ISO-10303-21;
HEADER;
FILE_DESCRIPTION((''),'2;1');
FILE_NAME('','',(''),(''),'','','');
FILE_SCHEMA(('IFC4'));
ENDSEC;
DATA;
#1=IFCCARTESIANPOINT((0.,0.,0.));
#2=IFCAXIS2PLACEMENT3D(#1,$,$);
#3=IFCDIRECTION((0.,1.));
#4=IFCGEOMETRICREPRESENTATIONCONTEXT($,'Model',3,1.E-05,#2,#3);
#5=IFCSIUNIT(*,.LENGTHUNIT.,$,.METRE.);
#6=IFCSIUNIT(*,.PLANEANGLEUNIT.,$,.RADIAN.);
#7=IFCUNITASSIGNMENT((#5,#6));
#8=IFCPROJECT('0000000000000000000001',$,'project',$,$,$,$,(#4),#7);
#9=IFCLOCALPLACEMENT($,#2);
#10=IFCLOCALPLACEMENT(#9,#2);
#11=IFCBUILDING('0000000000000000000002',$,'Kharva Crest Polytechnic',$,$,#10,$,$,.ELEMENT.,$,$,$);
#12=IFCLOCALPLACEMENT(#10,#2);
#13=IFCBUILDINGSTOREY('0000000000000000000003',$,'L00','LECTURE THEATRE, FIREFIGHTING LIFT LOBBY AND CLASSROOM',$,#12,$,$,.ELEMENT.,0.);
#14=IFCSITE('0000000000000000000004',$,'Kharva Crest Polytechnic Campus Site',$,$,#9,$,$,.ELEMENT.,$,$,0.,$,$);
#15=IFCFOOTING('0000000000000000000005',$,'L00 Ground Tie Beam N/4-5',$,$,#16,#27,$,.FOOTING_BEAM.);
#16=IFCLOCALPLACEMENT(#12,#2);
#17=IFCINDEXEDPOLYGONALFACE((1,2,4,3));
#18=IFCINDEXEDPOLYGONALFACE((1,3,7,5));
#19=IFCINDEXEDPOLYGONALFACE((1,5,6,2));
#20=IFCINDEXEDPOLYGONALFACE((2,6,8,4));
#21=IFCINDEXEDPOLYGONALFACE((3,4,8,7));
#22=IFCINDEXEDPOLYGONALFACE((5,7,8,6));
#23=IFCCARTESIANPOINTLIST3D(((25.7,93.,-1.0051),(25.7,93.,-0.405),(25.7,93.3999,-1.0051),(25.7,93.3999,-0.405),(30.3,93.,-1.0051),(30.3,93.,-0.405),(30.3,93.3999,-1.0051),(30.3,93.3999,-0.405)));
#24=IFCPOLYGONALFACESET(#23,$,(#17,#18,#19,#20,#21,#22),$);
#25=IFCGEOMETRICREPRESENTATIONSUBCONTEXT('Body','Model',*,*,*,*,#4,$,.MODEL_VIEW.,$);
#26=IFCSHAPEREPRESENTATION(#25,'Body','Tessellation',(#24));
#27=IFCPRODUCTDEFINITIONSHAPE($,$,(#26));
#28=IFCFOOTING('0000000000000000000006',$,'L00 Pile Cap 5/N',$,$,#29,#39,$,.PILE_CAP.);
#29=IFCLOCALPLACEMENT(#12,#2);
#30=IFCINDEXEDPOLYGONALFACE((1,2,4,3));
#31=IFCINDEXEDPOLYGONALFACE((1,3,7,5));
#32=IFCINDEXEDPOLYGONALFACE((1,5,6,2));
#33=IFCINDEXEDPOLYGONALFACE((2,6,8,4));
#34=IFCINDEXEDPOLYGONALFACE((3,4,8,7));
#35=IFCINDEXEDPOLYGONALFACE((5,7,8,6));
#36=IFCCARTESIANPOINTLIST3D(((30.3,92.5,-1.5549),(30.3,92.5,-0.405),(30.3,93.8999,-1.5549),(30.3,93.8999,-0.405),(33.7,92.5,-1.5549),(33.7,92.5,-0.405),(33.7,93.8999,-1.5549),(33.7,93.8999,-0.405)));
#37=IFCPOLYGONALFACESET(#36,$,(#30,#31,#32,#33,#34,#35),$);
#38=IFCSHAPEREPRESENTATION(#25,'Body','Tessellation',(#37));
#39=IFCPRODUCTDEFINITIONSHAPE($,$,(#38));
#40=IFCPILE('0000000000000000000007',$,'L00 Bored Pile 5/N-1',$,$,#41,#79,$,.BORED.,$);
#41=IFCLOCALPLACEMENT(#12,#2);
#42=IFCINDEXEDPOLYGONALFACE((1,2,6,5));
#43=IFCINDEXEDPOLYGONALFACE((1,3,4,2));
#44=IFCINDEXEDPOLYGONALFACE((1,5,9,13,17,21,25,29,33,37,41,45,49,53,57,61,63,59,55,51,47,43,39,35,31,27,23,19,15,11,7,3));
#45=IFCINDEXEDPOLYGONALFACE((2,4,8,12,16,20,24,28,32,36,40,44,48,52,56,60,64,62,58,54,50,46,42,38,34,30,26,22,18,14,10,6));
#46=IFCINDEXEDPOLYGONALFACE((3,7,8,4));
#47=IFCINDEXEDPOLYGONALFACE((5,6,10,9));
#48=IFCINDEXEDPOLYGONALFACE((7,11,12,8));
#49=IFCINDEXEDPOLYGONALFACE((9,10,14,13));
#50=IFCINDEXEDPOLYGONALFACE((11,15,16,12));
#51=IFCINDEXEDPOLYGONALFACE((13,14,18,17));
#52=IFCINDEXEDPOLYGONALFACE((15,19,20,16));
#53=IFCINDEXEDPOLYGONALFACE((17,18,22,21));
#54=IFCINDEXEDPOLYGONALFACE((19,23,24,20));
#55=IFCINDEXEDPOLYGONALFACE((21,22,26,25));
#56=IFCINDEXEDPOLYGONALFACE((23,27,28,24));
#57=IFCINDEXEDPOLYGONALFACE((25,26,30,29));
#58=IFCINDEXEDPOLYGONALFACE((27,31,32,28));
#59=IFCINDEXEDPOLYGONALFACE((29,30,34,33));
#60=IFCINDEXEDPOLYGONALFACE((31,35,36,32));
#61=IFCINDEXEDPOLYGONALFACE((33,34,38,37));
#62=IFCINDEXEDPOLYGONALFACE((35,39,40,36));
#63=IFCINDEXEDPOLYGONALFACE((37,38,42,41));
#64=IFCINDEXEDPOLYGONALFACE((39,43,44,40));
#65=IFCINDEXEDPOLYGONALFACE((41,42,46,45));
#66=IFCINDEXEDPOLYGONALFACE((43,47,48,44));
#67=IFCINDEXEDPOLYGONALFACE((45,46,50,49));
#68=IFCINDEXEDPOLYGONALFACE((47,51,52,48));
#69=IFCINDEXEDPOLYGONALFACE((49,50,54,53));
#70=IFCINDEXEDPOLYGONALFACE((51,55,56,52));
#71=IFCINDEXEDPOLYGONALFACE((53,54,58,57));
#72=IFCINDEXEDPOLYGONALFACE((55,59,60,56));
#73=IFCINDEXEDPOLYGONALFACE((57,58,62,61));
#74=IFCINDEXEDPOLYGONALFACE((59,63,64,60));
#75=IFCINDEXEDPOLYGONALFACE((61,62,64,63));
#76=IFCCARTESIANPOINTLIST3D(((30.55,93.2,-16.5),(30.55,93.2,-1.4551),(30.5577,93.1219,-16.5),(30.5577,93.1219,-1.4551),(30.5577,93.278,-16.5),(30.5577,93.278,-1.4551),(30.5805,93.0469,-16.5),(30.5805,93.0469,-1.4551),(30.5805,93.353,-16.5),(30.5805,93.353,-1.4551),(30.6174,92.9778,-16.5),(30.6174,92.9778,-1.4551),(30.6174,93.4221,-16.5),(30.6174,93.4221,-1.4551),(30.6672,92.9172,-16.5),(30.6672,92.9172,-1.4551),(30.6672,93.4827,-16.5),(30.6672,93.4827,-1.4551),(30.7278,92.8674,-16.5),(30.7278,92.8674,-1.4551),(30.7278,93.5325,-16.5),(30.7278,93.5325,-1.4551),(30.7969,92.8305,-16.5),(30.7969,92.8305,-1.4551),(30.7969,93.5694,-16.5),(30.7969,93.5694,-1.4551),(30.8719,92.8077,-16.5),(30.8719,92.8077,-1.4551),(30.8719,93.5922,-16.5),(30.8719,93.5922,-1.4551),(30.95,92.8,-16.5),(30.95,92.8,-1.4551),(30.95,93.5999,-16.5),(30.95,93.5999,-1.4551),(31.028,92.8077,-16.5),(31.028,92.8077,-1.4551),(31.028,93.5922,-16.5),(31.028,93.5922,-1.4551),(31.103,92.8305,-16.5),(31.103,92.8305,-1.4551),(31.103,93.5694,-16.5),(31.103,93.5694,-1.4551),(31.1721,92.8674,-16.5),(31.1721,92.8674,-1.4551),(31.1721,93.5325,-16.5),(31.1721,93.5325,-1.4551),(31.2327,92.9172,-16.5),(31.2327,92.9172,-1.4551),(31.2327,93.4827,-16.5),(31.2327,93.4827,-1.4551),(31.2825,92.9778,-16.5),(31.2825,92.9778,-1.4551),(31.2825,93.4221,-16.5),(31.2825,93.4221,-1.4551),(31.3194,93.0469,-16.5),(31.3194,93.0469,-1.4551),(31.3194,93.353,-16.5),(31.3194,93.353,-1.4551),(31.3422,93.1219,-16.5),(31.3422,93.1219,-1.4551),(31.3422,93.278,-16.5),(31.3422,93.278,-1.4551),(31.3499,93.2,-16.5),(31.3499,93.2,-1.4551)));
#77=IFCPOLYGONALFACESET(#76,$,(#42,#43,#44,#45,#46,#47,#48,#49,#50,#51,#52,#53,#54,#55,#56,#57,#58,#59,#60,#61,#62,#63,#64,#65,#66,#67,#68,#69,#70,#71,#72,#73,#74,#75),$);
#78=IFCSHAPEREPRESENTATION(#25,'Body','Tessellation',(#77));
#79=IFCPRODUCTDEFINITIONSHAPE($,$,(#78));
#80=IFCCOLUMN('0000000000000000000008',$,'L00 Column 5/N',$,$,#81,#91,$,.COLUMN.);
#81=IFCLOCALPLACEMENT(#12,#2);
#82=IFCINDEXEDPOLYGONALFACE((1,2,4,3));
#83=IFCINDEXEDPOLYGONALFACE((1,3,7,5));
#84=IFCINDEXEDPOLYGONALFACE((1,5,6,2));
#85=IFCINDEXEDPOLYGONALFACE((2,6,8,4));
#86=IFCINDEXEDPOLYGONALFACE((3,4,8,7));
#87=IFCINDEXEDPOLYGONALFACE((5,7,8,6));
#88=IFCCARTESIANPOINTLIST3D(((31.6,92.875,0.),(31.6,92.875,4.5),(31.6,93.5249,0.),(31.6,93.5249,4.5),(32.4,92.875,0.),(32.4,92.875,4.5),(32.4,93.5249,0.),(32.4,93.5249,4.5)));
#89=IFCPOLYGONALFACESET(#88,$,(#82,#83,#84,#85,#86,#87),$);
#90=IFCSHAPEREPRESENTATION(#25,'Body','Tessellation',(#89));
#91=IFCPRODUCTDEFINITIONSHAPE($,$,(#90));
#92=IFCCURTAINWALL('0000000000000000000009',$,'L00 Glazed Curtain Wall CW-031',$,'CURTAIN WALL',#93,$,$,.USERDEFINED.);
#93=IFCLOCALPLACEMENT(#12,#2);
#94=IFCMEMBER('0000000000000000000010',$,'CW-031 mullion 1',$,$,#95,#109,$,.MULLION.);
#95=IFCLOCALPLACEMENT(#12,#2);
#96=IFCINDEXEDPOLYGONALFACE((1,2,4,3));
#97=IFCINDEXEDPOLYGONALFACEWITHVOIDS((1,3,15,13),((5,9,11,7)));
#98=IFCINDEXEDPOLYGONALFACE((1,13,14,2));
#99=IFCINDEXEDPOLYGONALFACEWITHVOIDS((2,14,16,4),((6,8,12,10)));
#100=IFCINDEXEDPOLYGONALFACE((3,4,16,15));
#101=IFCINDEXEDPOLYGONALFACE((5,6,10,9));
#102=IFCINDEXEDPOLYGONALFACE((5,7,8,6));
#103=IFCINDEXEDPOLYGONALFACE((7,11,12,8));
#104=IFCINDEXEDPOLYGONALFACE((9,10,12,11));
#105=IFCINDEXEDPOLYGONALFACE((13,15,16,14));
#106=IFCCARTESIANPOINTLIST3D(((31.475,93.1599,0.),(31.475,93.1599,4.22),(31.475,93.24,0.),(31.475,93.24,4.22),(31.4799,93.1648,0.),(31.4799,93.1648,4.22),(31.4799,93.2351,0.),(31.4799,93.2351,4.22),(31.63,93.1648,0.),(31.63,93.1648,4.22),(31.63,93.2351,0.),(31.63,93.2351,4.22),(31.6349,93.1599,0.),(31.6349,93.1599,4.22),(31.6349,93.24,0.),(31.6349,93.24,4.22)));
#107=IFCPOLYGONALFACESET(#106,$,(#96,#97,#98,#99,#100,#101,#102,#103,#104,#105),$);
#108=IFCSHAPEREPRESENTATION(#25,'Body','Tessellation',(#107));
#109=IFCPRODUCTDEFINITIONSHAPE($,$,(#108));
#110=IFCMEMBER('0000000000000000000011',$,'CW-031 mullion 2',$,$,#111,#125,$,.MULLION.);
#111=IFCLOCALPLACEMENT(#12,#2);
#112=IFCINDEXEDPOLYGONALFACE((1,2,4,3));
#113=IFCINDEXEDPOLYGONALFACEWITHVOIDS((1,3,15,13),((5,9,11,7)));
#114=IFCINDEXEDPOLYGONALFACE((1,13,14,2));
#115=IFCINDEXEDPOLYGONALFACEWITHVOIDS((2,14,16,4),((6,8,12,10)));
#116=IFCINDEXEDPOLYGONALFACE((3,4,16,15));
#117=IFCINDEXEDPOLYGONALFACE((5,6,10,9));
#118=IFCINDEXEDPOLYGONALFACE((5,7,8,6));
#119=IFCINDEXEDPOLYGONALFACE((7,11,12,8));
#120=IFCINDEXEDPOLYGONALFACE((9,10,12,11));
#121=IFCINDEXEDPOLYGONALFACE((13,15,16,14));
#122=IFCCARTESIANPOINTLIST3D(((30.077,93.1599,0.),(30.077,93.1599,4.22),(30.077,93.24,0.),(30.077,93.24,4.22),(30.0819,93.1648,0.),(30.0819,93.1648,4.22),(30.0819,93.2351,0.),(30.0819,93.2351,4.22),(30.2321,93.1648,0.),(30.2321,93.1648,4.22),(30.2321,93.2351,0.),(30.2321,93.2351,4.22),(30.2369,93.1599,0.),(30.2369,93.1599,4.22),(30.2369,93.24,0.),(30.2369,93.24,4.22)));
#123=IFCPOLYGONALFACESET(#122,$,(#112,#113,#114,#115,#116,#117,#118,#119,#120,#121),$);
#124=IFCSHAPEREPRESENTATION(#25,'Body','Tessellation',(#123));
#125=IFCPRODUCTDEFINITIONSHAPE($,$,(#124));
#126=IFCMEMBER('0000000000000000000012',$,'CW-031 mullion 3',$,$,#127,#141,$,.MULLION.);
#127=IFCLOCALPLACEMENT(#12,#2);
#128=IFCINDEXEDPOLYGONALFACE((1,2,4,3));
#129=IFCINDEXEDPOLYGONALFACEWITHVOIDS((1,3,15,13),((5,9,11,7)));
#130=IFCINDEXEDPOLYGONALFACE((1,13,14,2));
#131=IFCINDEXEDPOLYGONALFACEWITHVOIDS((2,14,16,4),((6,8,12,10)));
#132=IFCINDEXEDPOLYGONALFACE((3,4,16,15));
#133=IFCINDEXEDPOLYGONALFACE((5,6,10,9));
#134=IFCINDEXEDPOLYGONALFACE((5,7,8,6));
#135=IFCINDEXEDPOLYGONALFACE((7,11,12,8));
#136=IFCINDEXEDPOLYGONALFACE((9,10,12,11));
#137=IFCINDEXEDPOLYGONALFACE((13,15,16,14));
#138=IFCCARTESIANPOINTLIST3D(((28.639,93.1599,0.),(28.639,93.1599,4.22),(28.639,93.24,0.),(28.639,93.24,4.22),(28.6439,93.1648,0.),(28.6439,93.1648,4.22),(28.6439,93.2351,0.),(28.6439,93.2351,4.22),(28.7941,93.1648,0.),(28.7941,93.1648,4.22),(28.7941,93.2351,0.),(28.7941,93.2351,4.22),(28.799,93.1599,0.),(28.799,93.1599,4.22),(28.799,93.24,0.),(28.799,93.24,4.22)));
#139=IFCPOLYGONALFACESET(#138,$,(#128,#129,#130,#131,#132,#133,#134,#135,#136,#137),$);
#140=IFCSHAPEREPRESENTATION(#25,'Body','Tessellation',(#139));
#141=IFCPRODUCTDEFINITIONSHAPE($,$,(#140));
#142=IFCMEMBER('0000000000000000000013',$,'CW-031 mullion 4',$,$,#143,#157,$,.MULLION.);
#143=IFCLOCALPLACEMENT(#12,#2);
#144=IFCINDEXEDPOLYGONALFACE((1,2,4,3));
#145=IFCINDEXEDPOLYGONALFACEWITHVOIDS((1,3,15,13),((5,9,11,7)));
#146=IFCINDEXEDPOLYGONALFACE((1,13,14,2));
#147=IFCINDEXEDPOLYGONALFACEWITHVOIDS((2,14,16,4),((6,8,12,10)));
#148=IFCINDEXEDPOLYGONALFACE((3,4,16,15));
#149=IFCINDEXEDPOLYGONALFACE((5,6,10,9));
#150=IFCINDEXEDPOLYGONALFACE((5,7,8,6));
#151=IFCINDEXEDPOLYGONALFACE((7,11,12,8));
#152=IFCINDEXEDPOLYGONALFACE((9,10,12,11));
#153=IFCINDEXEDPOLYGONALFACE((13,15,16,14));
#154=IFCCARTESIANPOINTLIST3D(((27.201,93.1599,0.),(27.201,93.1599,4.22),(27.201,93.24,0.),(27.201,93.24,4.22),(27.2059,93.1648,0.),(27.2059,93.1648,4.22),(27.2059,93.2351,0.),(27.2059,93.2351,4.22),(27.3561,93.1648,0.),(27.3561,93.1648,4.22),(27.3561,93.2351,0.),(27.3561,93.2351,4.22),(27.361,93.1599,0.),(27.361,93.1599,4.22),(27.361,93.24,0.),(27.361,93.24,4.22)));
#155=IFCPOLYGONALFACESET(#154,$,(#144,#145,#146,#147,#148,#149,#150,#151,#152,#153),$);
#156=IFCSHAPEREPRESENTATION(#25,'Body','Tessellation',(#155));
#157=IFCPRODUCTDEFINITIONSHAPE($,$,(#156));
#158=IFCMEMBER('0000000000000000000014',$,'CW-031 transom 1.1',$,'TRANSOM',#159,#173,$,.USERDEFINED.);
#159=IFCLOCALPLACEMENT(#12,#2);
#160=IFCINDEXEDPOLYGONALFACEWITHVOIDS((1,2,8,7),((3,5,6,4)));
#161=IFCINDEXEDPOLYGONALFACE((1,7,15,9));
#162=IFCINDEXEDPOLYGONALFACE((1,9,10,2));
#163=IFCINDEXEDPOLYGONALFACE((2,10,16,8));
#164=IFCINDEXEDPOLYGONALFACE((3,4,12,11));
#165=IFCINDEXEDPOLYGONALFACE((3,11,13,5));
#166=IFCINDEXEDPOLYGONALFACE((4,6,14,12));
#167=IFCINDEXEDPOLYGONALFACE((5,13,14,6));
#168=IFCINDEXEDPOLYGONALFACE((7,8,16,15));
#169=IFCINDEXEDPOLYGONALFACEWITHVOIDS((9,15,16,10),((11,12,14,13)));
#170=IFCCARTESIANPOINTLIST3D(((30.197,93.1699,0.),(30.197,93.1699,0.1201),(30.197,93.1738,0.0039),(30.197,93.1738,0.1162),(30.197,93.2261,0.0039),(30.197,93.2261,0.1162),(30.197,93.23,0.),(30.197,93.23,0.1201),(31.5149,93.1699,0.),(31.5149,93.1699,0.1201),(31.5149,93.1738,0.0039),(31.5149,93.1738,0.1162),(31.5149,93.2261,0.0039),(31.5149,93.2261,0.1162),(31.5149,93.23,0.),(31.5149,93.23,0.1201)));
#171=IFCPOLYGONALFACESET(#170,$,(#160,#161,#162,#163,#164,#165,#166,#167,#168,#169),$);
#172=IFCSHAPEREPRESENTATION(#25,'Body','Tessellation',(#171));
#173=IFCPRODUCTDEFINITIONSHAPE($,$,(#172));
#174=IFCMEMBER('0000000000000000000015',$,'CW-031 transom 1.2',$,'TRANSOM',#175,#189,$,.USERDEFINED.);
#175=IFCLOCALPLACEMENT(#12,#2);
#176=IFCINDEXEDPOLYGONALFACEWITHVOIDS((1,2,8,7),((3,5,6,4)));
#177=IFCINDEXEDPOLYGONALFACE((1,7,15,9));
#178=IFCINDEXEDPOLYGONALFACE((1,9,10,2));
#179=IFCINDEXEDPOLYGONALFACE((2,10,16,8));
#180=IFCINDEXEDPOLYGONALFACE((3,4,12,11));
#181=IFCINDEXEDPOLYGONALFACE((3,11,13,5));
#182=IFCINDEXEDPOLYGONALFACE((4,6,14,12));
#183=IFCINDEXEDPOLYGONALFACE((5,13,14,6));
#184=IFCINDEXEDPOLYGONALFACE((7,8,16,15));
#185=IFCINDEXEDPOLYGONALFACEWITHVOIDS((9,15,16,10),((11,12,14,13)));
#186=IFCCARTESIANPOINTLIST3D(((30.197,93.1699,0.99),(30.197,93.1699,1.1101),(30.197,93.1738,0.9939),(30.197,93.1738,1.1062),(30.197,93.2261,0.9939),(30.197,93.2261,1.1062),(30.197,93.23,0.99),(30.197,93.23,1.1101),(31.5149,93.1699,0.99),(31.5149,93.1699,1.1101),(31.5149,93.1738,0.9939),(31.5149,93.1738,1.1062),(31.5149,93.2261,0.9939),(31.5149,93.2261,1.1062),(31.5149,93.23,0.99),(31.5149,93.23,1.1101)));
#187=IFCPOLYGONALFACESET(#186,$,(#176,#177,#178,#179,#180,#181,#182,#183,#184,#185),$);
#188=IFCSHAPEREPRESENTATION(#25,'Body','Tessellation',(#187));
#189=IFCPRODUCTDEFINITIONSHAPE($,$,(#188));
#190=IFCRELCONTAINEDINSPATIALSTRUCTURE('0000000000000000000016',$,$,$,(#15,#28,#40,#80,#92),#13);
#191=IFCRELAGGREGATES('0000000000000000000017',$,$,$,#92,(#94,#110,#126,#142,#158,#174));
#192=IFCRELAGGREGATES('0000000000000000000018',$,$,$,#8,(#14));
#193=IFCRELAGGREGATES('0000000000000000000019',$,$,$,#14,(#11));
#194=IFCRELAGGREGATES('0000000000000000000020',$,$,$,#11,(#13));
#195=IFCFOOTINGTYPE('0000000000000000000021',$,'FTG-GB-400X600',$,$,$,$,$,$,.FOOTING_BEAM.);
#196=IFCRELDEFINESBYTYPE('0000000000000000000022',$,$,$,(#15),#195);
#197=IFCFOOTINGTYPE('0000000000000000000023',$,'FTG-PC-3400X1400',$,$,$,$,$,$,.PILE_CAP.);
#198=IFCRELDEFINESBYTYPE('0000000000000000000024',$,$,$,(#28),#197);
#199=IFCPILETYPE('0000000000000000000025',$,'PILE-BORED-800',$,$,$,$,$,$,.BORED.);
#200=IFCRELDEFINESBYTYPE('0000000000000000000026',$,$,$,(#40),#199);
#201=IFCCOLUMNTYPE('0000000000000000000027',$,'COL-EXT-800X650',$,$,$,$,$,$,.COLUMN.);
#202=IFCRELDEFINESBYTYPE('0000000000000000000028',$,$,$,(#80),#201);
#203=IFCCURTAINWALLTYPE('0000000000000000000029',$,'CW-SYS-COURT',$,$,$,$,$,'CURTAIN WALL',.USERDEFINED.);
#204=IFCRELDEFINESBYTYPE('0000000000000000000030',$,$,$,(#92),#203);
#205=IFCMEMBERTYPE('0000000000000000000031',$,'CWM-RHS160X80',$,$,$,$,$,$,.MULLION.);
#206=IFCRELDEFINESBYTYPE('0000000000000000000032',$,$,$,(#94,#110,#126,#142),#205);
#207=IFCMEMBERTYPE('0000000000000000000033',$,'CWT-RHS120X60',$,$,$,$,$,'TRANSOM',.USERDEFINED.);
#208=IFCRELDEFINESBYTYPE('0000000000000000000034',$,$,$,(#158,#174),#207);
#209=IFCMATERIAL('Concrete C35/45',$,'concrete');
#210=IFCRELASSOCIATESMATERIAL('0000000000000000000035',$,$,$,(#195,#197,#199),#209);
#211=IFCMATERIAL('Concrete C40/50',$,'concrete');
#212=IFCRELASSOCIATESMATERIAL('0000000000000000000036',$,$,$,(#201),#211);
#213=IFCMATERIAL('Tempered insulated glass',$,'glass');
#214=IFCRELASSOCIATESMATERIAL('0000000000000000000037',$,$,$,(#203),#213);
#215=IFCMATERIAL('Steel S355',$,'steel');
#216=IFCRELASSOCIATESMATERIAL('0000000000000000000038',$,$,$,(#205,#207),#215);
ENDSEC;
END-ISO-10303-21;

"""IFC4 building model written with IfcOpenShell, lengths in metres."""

from ifc_helpers import new_model, si_unit, direction, frame, origin, origin_2d, place, context, subcontext, project, spatial, rectangle, hollow_rectangle, circle, extrude, material, material_profile, profile_set, type_object, element, aggregate, save


model = new_model("IFC4")

# Units and contexts
model_context = context("Model", 3, precision=1e-05, world=origin(), true_north=direction((0.0, 1.0)))
body_context = subcontext(model_context, "Body", "Model", "MODEL_VIEW")
ifc_project = project(units=[si_unit("LENGTHUNIT", "METRE"), si_unit("PLANEANGLEUNIT", "RADIAN")], contexts=[model_context])

# Site, building, storey
site_placement = place(None, origin())
site = spatial("IfcSite", under=ifc_project, at=site_placement, Name="Kharva Crest Polytechnic Campus Site", CompositionType="ELEMENT", RefElevation=0.0)
building_placement = place(site_placement, origin())
building = spatial("IfcBuilding", under=site, at=building_placement, Name="Kharva Crest Polytechnic", CompositionType="ELEMENT")
storey_placement = place(building_placement, origin())
storey = spatial("IfcBuildingStorey", under=building, at=storey_placement, Name="L00", Description="LECTURE THEATRE, FIREFIGHTING LIFT LOBBY AND CLASSROOM", CompositionType="ELEMENT", Elevation=0.0)

# Footings
ifc_material_1 = material(Name="Concrete C35/45", Category="concrete")
footing_type_1 = type_object("IfcFootingType", Name="FTG-GB-400X600", PredefinedType="FOOTING_BEAM", material=ifc_material_1)
footing_1_placement = place(storey_placement, frame((28.0, 93.2, -1.0051), z_axis=(0.0, 0.0, 1.0), x_axis=(1.0, 0.0, 0.0)))
element("IfcFooting", 1, at=footing_1_placement, inside=storey, type_object=footing_type_1, Name="L00 Ground Tie Beam N/4-5", PredefinedType="FOOTING_BEAM", context=body_context, shape_type="SweptSolid", body=[
    extrude(rectangle(XDim=4.6001, YDim=0.3999, at=origin_2d()), origin(), (0.0, 0.0, 1.0), 0.6001),
])
footing_type_2 = type_object("IfcFootingType", Name="FTG-PC-3400X1400", PredefinedType="PILE_CAP", material=ifc_material_1)
footing_2_placement = place(storey_placement, frame((32.0, 93.2, -1.5549), z_axis=(0.0, 0.0, 1.0), x_axis=(1.0, 0.0, 0.0)))
element("IfcFooting", 2, at=footing_2_placement, inside=storey, type_object=footing_type_2, Name="L00 Pile Cap 5/N", PredefinedType="PILE_CAP", context=body_context, shape_type="SweptSolid", body=[
    extrude(rectangle(XDim=3.3999, YDim=1.3999, at=origin_2d()), origin(), (0.0, 0.0, 1.0), 1.1499),
])

# Pile
ifc_material_profile_1 = material_profile(ifc_material_1, circle(Radius=0.3999, at=origin_2d()), Name="DIA 800")
ifc_profile_set_1 = profile_set([ifc_material_profile_1], Name="Concrete C35/45")
pile_type = type_object("IfcPileType", Name="PILE-BORED-800", PredefinedType="BORED", material=ifc_profile_set_1)
pile_placement = place(storey_placement, frame((30.95, 93.2, -1.4551), z_axis=(0.0, 0.0, -1.0), x_axis=(1.0, 0.0, 0.0)))
element("IfcPile", 3, at=pile_placement, inside=storey, type_object=pile_type, Name="L00 Bored Pile 5/N-1", PredefinedType="BORED", context=body_context, shape_type="SweptSolid", body=[
    extrude(circle(Radius=0.3999, at=origin_2d()), origin(), (0.0, 0.0, 1.0), 15.0449),
])

# Column
ifc_material_2 = material(Name="Concrete C40/50", Category="concrete")
ifc_material_profile_2 = material_profile(ifc_material_2, rectangle(XDim=0.8, YDim=0.6499, at=origin_2d()), Name="RECT 800 X 650")
ifc_profile_set_2 = profile_set([ifc_material_profile_2], Name="Concrete C40/50")
column_type = type_object("IfcColumnType", Name="COL-EXT-800X650", PredefinedType="COLUMN", material=ifc_profile_set_2)
column_placement = place(storey_placement, frame((32.0, 93.2, 0.0), z_axis=(0.0, 0.0, 1.0), x_axis=(1.0, 0.0, 0.0)))
element("IfcColumn", 4, at=column_placement, inside=storey, type_object=column_type, Name="L00 Column 5/N", PredefinedType="COLUMN", context=body_context, shape_type="SweptSolid", body=[
    extrude(rectangle(XDim=0.8, YDim=0.6499, at=origin_2d()), origin(), (0.0, 0.0, 1.0), 4.5),
])

# Curtain wall, members
ifc_material_3 = material(Name="Tempered insulated glass", Category="glass")
curtain_wall_type = type_object("IfcCurtainWallType", Name="CW-SYS-COURT", ElementType="CURTAIN WALL", PredefinedType="USERDEFINED", material=ifc_material_3)
curtain_wall_placement = place(storey_placement, origin())
curtain_wall = element("IfcCurtainWall", 5, at=curtain_wall_placement, inside=storey, type_object=curtain_wall_type, Name="L00 Glazed Curtain Wall CW-031", ObjectType="CURTAIN WALL", PredefinedType="USERDEFINED")
ifc_material_4 = material(Name="Steel S355", Category="steel")
ifc_material_profile_3 = material_profile(ifc_material_4, hollow_rectangle(XDim=0.0801, YDim=0.1599, WallThickness=0.0049, at=origin_2d()), Name="RHS 160X80X5.0")
ifc_profile_set_3 = profile_set([ifc_material_profile_3], Name="Steel S355")
member_type_1 = type_object("IfcMemberType", Name="CWM-RHS160X80", PredefinedType="MULLION", material=ifc_profile_set_3)
member_1_placement = place(storey_placement, frame((31.5549, 93.2, 0.0), z_axis=(0.0, 0.0, 1.0), x_axis=(0.0, -1.0, 0.0)))
member_1 = element("IfcMember", 6, at=member_1_placement, type_object=member_type_1, Name="CW-031 mullion 1", PredefinedType="MULLION", context=body_context, shape_type="SweptSolid", body=[
    extrude(hollow_rectangle(XDim=0.0801, YDim=0.1599, WallThickness=0.0049, at=origin_2d()), origin(), (0.0, 0.0, 1.0), 4.22),
])
member_2_placement = place(storey_placement, frame((30.157, 93.2, 0.0), z_axis=(0.0, 0.0, 1.0), x_axis=(0.0, -1.0, 0.0)))
member_2 = element("IfcMember", 7, at=member_2_placement, type_object=member_type_1, Name="CW-031 mullion 2", PredefinedType="MULLION", context=body_context, shape_type="SweptSolid", body=[
    extrude(hollow_rectangle(XDim=0.0801, YDim=0.1599, WallThickness=0.0049, at=origin_2d()), origin(), (0.0, 0.0, 1.0), 4.22),
])
member_3_placement = place(storey_placement, frame((28.719, 93.2, 0.0), z_axis=(0.0, 0.0, 1.0), x_axis=(0.0, -1.0, 0.0)))
member_3 = element("IfcMember", 8, at=member_3_placement, type_object=member_type_1, Name="CW-031 mullion 3", PredefinedType="MULLION", context=body_context, shape_type="SweptSolid", body=[
    extrude(hollow_rectangle(XDim=0.0801, YDim=0.1599, WallThickness=0.0049, at=origin_2d()), origin(), (0.0, 0.0, 1.0), 4.22),
])
member_4_placement = place(storey_placement, frame((27.281, 93.2, 0.0), z_axis=(0.0, 0.0, 1.0), x_axis=(0.0, -1.0, 0.0)))
member_4 = element("IfcMember", 9, at=member_4_placement, type_object=member_type_1, Name="CW-031 mullion 4", PredefinedType="MULLION", context=body_context, shape_type="SweptSolid", body=[
    extrude(hollow_rectangle(XDim=0.0801, YDim=0.1599, WallThickness=0.0049, at=origin_2d()), origin(), (0.0, 0.0, 1.0), 4.22),
])
ifc_material_profile_4 = material_profile(ifc_material_4, hollow_rectangle(XDim=0.0601, YDim=0.1201, WallThickness=0.0039, at=origin_2d()), Name="RHS 120X60X4.0")
ifc_profile_set_4 = profile_set([ifc_material_profile_4], Name="Steel S355")
member_type_2 = type_object("IfcMemberType", Name="CWT-RHS120X60", ElementType="TRANSOM", PredefinedType="USERDEFINED", material=ifc_profile_set_4)
member_5_placement = place(storey_placement, frame((31.5149, 93.2, 0.0601), z_axis=(-1.0, 0.0, 0.0), x_axis=(0.0, -1.0, 0.0)))
member_5 = element("IfcMember", 10, at=member_5_placement, type_object=member_type_2, Name="CW-031 transom 1.1", ObjectType="TRANSOM", PredefinedType="USERDEFINED", context=body_context, shape_type="SweptSolid", body=[
    extrude(hollow_rectangle(XDim=0.0601, YDim=0.1201, WallThickness=0.0039, at=origin_2d()), origin(), (0.0, 0.0, 1.0), 1.3179),
])
member_6_placement = place(storey_placement, frame((31.5149, 93.2, 1.05), z_axis=(-1.0, 0.0, 0.0), x_axis=(0.0, -1.0, 0.0)))
member_6 = element("IfcMember", 11, at=member_6_placement, type_object=member_type_2, Name="CW-031 transom 1.2", ObjectType="TRANSOM", PredefinedType="USERDEFINED", context=body_context, shape_type="SweptSolid", body=[
    extrude(hollow_rectangle(XDim=0.0601, YDim=0.1201, WallThickness=0.0039, at=origin_2d()), origin(), (0.0, 0.0, 1.0), 1.3179),
])
aggregate(curtain_wall, [member_1, member_2, member_3, member_4, member_5, member_6])

save(model, "model.ifc")
